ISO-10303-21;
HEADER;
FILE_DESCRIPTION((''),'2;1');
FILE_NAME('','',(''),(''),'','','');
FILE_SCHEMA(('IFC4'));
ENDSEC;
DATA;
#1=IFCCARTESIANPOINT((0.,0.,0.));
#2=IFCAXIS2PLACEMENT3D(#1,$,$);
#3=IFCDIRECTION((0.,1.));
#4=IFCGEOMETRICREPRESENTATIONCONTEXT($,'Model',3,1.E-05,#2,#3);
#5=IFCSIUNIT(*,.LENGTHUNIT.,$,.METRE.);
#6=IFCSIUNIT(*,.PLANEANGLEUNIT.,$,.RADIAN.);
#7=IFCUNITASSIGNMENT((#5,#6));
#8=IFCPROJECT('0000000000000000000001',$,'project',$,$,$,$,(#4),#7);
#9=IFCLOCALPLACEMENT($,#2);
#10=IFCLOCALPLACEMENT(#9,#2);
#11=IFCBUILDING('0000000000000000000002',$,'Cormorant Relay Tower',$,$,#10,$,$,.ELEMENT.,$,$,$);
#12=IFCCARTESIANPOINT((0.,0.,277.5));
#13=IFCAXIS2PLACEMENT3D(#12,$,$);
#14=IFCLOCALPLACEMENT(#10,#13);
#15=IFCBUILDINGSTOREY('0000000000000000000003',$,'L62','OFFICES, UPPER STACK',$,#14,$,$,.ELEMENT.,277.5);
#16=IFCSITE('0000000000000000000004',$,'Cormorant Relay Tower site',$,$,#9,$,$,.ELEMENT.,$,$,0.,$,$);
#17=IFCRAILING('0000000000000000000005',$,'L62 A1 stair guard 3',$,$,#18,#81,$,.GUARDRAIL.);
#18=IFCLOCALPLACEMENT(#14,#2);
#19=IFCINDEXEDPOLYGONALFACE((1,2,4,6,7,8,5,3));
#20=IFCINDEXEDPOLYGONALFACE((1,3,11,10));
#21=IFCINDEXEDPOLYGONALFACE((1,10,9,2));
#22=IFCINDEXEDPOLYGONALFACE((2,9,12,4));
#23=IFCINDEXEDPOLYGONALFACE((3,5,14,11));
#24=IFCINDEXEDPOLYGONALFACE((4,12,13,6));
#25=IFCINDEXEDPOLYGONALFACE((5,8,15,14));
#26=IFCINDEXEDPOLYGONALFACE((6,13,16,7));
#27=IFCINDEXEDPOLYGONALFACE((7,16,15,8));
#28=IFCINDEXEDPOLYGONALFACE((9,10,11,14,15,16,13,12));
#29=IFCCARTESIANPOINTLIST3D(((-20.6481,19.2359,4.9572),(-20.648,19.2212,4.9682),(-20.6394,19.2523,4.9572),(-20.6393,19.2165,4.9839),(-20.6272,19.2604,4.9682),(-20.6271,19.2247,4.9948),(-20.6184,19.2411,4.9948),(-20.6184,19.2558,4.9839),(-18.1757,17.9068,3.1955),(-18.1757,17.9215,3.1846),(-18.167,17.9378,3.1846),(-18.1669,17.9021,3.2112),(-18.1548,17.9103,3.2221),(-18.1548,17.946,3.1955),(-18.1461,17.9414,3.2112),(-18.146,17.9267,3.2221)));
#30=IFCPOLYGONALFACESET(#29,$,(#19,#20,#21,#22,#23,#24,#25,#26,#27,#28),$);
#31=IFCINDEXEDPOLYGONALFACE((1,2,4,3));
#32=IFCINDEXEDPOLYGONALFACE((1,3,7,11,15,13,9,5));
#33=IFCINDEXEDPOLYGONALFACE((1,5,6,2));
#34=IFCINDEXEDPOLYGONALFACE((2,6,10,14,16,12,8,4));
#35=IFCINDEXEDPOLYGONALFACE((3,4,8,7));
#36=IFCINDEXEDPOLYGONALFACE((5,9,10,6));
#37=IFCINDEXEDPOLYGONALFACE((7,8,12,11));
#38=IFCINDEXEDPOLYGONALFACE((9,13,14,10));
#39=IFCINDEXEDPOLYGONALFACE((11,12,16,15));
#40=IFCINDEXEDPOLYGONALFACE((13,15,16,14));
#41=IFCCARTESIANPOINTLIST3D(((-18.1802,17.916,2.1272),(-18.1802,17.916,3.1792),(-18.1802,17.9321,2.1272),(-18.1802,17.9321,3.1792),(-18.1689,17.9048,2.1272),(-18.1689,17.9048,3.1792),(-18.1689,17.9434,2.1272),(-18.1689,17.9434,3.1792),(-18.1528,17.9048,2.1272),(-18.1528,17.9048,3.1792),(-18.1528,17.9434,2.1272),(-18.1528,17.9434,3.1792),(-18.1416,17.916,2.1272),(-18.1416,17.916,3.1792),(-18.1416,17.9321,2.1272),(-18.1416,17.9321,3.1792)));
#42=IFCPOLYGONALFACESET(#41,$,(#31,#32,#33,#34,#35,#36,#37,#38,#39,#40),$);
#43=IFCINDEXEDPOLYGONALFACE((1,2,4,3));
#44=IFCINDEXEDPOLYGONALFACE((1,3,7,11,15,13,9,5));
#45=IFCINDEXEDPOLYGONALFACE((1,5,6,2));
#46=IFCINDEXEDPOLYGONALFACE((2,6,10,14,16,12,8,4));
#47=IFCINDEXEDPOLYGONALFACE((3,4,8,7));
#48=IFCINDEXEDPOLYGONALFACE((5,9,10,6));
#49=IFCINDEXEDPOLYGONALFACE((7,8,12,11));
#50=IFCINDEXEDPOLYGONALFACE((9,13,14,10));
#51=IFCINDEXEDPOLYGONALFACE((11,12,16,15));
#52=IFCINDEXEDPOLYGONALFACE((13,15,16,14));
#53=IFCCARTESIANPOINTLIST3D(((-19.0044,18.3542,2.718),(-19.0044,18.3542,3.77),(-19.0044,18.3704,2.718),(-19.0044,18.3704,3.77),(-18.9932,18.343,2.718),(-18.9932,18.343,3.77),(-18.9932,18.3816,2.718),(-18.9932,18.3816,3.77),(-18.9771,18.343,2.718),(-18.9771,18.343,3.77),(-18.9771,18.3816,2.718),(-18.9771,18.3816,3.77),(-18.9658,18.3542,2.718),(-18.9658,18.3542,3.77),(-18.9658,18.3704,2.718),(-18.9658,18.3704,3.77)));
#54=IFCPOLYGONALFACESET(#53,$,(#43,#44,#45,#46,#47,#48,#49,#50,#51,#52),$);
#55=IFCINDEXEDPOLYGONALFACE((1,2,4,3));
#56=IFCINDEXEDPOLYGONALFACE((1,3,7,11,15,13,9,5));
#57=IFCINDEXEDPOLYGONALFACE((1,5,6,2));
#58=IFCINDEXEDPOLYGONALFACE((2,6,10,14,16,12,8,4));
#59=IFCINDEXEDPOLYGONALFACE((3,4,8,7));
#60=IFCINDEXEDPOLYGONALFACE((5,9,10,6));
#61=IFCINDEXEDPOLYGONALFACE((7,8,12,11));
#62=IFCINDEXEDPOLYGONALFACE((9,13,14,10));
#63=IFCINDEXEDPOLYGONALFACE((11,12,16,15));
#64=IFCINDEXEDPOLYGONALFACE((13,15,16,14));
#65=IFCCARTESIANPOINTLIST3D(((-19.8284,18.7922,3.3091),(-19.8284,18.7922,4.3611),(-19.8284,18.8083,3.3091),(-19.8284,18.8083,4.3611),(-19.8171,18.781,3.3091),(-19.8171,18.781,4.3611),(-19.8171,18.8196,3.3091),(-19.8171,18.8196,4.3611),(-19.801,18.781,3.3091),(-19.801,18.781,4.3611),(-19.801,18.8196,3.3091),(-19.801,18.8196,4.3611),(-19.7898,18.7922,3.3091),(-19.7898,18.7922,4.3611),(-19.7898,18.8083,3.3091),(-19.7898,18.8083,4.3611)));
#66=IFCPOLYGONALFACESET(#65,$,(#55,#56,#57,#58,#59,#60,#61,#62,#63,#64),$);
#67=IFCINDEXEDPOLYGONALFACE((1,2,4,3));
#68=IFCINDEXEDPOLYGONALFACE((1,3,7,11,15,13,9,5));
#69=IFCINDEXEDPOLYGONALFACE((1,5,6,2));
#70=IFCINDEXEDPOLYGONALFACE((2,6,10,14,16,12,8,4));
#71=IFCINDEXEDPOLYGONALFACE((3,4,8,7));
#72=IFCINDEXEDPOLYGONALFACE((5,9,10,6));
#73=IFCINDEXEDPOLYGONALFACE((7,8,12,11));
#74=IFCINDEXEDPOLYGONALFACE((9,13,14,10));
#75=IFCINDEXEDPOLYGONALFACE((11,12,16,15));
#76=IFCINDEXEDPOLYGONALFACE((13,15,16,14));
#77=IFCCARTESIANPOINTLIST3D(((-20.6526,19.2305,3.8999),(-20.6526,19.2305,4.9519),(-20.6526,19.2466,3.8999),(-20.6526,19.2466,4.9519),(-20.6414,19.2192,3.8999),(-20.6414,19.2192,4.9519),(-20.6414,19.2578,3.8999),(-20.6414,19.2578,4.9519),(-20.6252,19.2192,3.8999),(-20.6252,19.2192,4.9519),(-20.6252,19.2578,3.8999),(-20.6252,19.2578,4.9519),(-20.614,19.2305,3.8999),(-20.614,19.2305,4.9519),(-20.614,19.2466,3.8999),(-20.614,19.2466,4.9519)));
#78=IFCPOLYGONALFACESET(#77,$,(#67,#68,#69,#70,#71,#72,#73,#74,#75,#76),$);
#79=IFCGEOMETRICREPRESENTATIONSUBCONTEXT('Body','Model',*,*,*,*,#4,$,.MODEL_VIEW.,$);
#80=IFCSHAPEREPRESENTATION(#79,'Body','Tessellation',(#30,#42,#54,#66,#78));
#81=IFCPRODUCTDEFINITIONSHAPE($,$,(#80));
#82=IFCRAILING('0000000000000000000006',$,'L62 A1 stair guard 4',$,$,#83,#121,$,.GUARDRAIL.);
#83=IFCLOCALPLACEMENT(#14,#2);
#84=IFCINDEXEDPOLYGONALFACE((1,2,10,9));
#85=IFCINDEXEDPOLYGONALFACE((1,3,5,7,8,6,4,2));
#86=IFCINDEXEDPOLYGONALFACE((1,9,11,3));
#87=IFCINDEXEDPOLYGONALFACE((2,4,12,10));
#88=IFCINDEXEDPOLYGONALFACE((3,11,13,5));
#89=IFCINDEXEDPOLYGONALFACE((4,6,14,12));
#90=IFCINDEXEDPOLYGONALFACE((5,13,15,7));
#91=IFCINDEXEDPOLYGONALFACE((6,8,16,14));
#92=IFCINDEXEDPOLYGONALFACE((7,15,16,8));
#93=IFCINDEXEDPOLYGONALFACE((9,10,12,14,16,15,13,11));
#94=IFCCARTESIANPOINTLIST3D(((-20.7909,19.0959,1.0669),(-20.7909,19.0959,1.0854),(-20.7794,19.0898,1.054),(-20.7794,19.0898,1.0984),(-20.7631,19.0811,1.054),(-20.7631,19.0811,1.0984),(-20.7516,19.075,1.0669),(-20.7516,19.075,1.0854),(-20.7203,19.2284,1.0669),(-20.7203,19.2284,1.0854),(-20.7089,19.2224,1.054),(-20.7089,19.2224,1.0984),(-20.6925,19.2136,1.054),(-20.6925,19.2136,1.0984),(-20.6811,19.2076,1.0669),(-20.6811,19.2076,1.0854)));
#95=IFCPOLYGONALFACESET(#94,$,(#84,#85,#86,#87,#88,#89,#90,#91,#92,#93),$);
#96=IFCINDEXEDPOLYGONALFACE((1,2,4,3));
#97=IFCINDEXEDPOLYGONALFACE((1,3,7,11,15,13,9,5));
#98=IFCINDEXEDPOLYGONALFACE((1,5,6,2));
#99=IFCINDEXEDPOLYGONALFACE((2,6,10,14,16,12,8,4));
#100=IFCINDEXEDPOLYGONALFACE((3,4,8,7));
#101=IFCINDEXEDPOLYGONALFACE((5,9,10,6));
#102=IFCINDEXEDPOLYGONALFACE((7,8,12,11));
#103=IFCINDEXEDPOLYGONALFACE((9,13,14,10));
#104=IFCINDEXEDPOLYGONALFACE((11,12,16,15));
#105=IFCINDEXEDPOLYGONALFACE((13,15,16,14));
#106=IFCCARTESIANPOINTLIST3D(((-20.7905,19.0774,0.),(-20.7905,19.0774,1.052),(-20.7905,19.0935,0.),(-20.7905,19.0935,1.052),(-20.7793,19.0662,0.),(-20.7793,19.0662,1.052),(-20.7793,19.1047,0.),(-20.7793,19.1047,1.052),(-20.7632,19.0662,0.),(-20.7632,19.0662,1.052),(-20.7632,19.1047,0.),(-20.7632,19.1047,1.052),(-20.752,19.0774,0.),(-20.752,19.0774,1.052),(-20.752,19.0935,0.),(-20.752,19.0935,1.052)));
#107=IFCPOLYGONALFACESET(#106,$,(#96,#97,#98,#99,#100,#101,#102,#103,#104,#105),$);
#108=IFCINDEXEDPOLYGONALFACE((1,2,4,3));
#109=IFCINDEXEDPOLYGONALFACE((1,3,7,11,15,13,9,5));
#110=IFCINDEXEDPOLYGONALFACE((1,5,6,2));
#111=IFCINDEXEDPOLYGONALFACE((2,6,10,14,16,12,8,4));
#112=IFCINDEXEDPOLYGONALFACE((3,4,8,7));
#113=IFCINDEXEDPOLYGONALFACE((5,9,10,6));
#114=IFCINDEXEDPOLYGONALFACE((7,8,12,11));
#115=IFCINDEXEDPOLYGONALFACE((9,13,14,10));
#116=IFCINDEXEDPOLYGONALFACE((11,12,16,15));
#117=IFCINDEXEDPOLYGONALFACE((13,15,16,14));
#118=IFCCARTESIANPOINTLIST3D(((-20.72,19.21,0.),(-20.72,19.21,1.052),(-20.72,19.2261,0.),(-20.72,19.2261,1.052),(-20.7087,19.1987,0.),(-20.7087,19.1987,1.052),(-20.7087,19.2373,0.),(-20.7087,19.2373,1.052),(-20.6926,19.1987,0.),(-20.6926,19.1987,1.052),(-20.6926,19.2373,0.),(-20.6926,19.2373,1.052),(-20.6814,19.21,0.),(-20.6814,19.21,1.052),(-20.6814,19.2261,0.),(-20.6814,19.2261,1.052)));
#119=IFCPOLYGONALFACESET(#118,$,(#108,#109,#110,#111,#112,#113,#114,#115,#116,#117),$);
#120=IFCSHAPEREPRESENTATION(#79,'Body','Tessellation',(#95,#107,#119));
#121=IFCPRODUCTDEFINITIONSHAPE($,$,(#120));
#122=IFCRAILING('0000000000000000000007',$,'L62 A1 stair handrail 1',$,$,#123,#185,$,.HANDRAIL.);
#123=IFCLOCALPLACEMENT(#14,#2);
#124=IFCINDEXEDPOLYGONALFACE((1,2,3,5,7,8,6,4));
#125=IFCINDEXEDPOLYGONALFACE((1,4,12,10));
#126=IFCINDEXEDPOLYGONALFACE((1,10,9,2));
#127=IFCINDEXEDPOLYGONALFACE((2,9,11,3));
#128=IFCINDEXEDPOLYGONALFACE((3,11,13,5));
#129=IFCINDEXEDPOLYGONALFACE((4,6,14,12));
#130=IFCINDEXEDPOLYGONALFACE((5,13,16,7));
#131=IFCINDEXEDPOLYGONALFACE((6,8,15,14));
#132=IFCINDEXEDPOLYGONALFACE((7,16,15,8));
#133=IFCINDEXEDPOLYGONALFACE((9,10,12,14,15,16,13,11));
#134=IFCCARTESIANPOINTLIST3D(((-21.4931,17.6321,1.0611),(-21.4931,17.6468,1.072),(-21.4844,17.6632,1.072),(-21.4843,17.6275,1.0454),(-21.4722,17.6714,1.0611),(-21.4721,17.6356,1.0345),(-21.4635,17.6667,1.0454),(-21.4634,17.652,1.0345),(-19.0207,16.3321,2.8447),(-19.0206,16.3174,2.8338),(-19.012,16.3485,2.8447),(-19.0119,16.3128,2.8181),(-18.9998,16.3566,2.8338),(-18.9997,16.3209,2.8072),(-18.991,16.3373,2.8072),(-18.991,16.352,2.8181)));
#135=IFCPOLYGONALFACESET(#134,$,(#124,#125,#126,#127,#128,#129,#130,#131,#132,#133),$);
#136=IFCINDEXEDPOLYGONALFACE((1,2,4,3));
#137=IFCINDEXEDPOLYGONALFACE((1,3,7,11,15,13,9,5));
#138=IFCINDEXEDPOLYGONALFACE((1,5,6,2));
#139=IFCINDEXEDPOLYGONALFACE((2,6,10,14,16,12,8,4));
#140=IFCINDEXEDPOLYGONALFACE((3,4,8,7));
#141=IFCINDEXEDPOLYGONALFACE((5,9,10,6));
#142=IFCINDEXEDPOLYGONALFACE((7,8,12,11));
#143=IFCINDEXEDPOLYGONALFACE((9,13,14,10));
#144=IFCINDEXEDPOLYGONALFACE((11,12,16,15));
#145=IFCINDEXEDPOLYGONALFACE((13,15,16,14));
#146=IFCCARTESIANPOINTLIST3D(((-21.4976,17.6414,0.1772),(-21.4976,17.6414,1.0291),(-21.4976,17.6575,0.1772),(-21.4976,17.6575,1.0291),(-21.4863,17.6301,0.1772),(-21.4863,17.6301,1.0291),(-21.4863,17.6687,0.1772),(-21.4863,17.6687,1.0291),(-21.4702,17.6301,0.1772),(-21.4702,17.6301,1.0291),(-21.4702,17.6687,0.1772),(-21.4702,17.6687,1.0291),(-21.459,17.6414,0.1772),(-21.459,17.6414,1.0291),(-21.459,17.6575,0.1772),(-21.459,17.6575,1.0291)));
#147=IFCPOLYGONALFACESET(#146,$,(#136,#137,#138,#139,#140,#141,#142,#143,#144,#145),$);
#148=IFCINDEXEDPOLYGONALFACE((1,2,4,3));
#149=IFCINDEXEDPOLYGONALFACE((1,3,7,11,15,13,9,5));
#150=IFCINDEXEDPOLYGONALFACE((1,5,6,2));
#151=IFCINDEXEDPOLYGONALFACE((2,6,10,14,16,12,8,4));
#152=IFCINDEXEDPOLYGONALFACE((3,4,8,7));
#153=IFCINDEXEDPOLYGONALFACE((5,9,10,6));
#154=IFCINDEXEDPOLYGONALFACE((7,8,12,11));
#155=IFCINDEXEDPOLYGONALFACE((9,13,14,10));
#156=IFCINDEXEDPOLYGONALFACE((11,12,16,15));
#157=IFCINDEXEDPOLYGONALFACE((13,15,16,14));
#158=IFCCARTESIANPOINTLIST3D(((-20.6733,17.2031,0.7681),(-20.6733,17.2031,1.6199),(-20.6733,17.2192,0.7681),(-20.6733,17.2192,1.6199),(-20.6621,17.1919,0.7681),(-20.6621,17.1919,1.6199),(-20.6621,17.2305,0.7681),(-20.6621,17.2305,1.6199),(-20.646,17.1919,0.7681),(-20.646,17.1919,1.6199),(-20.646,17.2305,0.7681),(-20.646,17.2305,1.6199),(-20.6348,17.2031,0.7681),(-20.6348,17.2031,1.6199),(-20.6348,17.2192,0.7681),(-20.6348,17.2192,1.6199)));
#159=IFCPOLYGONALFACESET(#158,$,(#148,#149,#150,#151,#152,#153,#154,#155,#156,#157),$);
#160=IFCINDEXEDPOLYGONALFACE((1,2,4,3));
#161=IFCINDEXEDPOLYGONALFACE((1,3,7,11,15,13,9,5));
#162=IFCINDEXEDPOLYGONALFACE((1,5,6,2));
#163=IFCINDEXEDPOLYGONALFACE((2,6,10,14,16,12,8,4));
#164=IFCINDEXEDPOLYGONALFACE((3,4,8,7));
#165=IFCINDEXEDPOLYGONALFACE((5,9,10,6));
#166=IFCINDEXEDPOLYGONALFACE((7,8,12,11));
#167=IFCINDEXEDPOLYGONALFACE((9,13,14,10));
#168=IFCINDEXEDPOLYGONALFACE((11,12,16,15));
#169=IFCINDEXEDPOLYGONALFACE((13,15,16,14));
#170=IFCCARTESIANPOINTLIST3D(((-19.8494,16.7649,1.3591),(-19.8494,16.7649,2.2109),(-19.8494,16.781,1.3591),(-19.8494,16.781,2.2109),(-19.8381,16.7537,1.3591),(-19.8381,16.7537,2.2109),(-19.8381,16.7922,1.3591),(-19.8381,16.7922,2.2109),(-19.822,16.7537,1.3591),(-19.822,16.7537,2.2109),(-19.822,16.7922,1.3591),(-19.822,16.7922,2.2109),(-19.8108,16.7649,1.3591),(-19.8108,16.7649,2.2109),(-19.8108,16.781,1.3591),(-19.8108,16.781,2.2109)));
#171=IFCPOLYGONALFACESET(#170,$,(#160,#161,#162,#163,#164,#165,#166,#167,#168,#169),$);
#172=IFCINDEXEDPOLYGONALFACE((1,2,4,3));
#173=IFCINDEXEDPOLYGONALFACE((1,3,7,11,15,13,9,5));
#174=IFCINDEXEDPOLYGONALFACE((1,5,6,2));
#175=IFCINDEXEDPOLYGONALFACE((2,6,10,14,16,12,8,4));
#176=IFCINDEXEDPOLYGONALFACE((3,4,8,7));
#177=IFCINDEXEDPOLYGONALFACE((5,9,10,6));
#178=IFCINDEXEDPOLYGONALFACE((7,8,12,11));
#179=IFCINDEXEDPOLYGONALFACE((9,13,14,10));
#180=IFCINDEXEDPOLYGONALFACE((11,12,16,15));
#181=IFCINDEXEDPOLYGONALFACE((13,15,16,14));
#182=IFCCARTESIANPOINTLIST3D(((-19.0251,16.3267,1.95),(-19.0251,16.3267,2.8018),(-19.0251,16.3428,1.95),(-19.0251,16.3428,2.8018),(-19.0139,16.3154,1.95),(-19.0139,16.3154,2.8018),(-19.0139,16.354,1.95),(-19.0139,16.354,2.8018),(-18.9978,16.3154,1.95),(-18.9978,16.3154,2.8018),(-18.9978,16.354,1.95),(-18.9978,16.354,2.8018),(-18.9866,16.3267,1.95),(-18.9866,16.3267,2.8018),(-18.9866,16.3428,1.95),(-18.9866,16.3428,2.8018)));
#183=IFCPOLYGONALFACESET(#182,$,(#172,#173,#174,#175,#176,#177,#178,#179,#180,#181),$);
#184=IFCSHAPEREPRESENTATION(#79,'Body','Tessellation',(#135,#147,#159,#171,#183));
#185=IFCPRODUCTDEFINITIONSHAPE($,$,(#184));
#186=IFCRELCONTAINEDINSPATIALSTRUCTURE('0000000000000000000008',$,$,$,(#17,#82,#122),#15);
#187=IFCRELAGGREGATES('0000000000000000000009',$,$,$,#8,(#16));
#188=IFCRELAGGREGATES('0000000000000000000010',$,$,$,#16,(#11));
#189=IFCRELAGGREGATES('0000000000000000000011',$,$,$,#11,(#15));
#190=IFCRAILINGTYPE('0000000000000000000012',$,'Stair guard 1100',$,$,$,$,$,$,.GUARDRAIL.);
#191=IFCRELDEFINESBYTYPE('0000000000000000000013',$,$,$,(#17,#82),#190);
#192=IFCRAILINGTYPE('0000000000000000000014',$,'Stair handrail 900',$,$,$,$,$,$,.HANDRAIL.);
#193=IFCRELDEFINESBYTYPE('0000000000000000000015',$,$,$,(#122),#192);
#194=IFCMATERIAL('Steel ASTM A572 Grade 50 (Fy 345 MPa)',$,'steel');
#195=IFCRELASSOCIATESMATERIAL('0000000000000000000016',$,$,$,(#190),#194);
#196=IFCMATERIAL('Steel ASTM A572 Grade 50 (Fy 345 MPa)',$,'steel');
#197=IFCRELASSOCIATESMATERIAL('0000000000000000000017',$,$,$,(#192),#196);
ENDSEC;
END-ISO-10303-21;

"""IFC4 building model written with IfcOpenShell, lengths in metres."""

from ifc_helpers import new_model, si_unit, direction, frame, origin, place, context, subcontext, project, spatial, polyline, outline, extrude, material, type_object, element, save


model = new_model("IFC4")

# Units and contexts
model_context = context("Model", 3, precision=1e-05, world=origin(), true_north=direction((0.0, 1.0)))
body_context = subcontext(model_context, "Body", "Model", "MODEL_VIEW")
ifc_project = project(units=[si_unit("LENGTHUNIT", "METRE"), si_unit("PLANEANGLEUNIT", "RADIAN")], contexts=[model_context])

# Site, building, storey
site_placement = place(None, origin())
site = spatial("IfcSite", under=ifc_project, at=site_placement, Name="Cormorant Relay Tower site", CompositionType="ELEMENT", RefElevation=0.0)
building_placement = place(site_placement, origin())
building = spatial("IfcBuilding", under=site, at=building_placement, Name="Cormorant Relay Tower", CompositionType="ELEMENT")
storey_placement = place(building_placement, frame((0.0, 0.0, 277.5)))
storey = spatial("IfcBuildingStorey", under=building, at=storey_placement, Name="L62", Description="OFFICES, UPPER STACK", CompositionType="ELEMENT", Elevation=277.5)

# Railings
ifc_material_1 = material(Name="Steel ASTM A572 Grade 50 (Fy 345 MPa)", Category="steel")
railing_type_1 = type_object("IfcRailingType", Name="Stair guard 1100", PredefinedType="GUARDRAIL", material=ifc_material_1)
railing_1_placement = place(storey_placement, frame((-18.1609, 17.9241, 2.1272)))
element("IfcRailing", 1, at=railing_1_placement, inside=storey, type_object=railing_type_1, Name="L62 A1 stair guard 3", PredefinedType="GUARDRAIL", context=body_context, shape_type="SweptSolid", body=[
    extrude(outline(polyline([(0.0222, 0.0093), (0.0093, 0.0222), (-0.0093, 0.0222), (-0.0222, 0.0093), (-0.0222, -0.0093), (-0.0093, -0.0222), (0.0093, -0.0222), (0.0222, -0.0093), (0.0222, 0.0093)])), frame((0.0, 0.0, 1.0762), z_axis=(-0.746034, 0.396627, 0.534902), x_axis=(-0.469429, -0.88297, 0.0)), (0.0, 0.0, 1.0), 3.314),
    extrude(outline(polyline([(0.0193, 0.0081), (0.0081, 0.0193), (-0.0081, 0.0193), (-0.0193, 0.0081), (-0.0193, -0.0081), (-0.0081, -0.0193), (0.0081, -0.0193), (0.0193, -0.0081), (0.0193, 0.0081)])), origin(), (0.0, 0.0, 1.0), 1.052),
    extrude(outline(polyline([(0.0193, 0.0081), (0.0081, 0.0193), (-0.0081, 0.0193), (-0.0193, 0.0081), (-0.0193, -0.0081), (-0.0081, -0.0193), (0.0081, -0.0193), (0.0193, -0.0081), (0.0193, 0.0081)])), frame((-0.8242, 0.4382, 0.5908)), (0.0, 0.0, 1.0), 1.052),
    extrude(outline(polyline([(0.0193, 0.0081), (0.0081, 0.0193), (-0.0081, 0.0193), (-0.0193, 0.0081), (-0.0193, -0.0081), (-0.0081, -0.0193), (0.0081, -0.0193), (0.0193, -0.0081), (0.0193, 0.0081)])), frame((-1.6482, 0.8762, 1.1819)), (0.0, 0.0, 1.0), 1.052),
    extrude(outline(polyline([(0.0193, 0.0081), (0.0081, 0.0193), (-0.0081, 0.0193), (-0.0193, 0.0081), (-0.0193, -0.0081), (-0.0081, -0.0193), (0.0081, -0.0193), (0.0193, -0.0081), (0.0193, 0.0081)])), frame((-2.4724, 1.3145, 1.7727)), (0.0, 0.0, 1.0), 1.052),
])
railing_2_placement = place(storey_placement, frame((-20.7712, 19.0854, 0.0)))
element("IfcRailing", 2, at=railing_2_placement, inside=storey, type_object=railing_type_1, Name="L62 A1 stair guard 4", PredefinedType="GUARDRAIL", context=body_context, shape_type="SweptSolid", body=[
    extrude(outline(polyline([(0.0222, 0.0093), (0.0093, 0.0222), (-0.0093, 0.0222), (-0.0222, 0.0093), (-0.0222, -0.0093), (-0.0093, -0.0222), (0.0093, -0.0222), (0.0222, -0.0093), (0.0222, 0.0093)])), frame((0.0, 0.0, 1.0762), z_axis=(0.469829, 0.882758, 0.0), x_axis=(-0.882758, 0.469829, 0.0)), (0.0, 0.0, 1.0), 0.1501),
    extrude(outline(polyline([(0.0193, 0.0081), (0.0081, 0.0193), (-0.0081, 0.0193), (-0.0193, 0.0081), (-0.0193, -0.0081), (-0.0081, -0.0193), (0.0081, -0.0193), (0.0193, -0.0081), (0.0193, 0.0081)])), origin(), (0.0, 0.0, 1.0), 1.052),
    extrude(outline(polyline([(0.0193, 0.0081), (0.0081, 0.0193), (-0.0081, 0.0193), (-0.0193, 0.0081), (-0.0193, -0.0081), (-0.0081, -0.0193), (0.0081, -0.0193), (0.0193, -0.0081), (0.0193, 0.0081)])), frame((0.0706, 0.1326, 0.0)), (0.0, 0.0, 1.0), 1.052),
])
ifc_material_2 = material(Name="Steel ASTM A572 Grade 50 (Fy 345 MPa)", Category="steel")
railing_type_2 = type_object("IfcRailingType", Name="Stair handrail 900", PredefinedType="HANDRAIL", material=ifc_material_2)
railing_3_placement = place(storey_placement, frame((-21.4783, 17.6494, 0.1772)))
element("IfcRailing", 3, at=railing_3_placement, inside=storey, type_object=railing_type_2, Name="L62 A1 stair handrail 1", PredefinedType="HANDRAIL", context=body_context, shape_type="SweptSolid", body=[
    extrude(outline(polyline([(0.0222, 0.0093), (0.0093, 0.0222), (-0.0093, 0.0222), (-0.0222, 0.0093), (-0.0222, -0.0093), (-0.0093, -0.0222), (0.0093, -0.0222), (0.0222, -0.0093), (0.0222, 0.0093)])), frame((0.0, 0.0, 0.876), z_axis=(0.746012, -0.39669, 0.534886), x_axis=(0.469497, 0.882934, 0.0)), (0.0, 0.0, 1.0), 3.3142),
    extrude(outline(polyline([(0.0193, 0.0081), (0.0081, 0.0193), (-0.0081, 0.0193), (-0.0193, 0.0081), (-0.0193, -0.0081), (-0.0081, -0.0193), (0.0081, -0.0193), (0.0193, -0.0081), (0.0193, 0.0081)])), origin(), (0.0, 0.0, 1.0), 0.8518),
    extrude(outline(polyline([(0.0193, 0.0081), (0.0081, 0.0193), (-0.0081, 0.0193), (-0.0193, 0.0081), (-0.0193, -0.0081), (-0.0081, -0.0193), (0.0081, -0.0193), (0.0193, -0.0081), (0.0193, 0.0081)])), frame((0.8242, -0.4382, 0.5908)), (0.0, 0.0, 1.0), 0.8518),
    extrude(outline(polyline([(0.0193, 0.0081), (0.0081, 0.0193), (-0.0081, 0.0193), (-0.0193, 0.0081), (-0.0193, -0.0081), (-0.0081, -0.0193), (0.0081, -0.0193), (0.0193, -0.0081), (0.0193, 0.0081)])), frame((1.6482, -0.8765, 1.1819)), (0.0, 0.0, 1.0), 0.8518),
    extrude(outline(polyline([(0.0193, 0.0081), (0.0081, 0.0193), (-0.0081, 0.0193), (-0.0193, 0.0081), (-0.0193, -0.0081), (-0.0081, -0.0193), (0.0081, -0.0193), (0.0193, -0.0081), (0.0193, 0.0081)])), frame((2.4724, -1.3147, 1.7727)), (0.0, 0.0, 1.0), 0.8518),
])

save(model, "model.ifc")
